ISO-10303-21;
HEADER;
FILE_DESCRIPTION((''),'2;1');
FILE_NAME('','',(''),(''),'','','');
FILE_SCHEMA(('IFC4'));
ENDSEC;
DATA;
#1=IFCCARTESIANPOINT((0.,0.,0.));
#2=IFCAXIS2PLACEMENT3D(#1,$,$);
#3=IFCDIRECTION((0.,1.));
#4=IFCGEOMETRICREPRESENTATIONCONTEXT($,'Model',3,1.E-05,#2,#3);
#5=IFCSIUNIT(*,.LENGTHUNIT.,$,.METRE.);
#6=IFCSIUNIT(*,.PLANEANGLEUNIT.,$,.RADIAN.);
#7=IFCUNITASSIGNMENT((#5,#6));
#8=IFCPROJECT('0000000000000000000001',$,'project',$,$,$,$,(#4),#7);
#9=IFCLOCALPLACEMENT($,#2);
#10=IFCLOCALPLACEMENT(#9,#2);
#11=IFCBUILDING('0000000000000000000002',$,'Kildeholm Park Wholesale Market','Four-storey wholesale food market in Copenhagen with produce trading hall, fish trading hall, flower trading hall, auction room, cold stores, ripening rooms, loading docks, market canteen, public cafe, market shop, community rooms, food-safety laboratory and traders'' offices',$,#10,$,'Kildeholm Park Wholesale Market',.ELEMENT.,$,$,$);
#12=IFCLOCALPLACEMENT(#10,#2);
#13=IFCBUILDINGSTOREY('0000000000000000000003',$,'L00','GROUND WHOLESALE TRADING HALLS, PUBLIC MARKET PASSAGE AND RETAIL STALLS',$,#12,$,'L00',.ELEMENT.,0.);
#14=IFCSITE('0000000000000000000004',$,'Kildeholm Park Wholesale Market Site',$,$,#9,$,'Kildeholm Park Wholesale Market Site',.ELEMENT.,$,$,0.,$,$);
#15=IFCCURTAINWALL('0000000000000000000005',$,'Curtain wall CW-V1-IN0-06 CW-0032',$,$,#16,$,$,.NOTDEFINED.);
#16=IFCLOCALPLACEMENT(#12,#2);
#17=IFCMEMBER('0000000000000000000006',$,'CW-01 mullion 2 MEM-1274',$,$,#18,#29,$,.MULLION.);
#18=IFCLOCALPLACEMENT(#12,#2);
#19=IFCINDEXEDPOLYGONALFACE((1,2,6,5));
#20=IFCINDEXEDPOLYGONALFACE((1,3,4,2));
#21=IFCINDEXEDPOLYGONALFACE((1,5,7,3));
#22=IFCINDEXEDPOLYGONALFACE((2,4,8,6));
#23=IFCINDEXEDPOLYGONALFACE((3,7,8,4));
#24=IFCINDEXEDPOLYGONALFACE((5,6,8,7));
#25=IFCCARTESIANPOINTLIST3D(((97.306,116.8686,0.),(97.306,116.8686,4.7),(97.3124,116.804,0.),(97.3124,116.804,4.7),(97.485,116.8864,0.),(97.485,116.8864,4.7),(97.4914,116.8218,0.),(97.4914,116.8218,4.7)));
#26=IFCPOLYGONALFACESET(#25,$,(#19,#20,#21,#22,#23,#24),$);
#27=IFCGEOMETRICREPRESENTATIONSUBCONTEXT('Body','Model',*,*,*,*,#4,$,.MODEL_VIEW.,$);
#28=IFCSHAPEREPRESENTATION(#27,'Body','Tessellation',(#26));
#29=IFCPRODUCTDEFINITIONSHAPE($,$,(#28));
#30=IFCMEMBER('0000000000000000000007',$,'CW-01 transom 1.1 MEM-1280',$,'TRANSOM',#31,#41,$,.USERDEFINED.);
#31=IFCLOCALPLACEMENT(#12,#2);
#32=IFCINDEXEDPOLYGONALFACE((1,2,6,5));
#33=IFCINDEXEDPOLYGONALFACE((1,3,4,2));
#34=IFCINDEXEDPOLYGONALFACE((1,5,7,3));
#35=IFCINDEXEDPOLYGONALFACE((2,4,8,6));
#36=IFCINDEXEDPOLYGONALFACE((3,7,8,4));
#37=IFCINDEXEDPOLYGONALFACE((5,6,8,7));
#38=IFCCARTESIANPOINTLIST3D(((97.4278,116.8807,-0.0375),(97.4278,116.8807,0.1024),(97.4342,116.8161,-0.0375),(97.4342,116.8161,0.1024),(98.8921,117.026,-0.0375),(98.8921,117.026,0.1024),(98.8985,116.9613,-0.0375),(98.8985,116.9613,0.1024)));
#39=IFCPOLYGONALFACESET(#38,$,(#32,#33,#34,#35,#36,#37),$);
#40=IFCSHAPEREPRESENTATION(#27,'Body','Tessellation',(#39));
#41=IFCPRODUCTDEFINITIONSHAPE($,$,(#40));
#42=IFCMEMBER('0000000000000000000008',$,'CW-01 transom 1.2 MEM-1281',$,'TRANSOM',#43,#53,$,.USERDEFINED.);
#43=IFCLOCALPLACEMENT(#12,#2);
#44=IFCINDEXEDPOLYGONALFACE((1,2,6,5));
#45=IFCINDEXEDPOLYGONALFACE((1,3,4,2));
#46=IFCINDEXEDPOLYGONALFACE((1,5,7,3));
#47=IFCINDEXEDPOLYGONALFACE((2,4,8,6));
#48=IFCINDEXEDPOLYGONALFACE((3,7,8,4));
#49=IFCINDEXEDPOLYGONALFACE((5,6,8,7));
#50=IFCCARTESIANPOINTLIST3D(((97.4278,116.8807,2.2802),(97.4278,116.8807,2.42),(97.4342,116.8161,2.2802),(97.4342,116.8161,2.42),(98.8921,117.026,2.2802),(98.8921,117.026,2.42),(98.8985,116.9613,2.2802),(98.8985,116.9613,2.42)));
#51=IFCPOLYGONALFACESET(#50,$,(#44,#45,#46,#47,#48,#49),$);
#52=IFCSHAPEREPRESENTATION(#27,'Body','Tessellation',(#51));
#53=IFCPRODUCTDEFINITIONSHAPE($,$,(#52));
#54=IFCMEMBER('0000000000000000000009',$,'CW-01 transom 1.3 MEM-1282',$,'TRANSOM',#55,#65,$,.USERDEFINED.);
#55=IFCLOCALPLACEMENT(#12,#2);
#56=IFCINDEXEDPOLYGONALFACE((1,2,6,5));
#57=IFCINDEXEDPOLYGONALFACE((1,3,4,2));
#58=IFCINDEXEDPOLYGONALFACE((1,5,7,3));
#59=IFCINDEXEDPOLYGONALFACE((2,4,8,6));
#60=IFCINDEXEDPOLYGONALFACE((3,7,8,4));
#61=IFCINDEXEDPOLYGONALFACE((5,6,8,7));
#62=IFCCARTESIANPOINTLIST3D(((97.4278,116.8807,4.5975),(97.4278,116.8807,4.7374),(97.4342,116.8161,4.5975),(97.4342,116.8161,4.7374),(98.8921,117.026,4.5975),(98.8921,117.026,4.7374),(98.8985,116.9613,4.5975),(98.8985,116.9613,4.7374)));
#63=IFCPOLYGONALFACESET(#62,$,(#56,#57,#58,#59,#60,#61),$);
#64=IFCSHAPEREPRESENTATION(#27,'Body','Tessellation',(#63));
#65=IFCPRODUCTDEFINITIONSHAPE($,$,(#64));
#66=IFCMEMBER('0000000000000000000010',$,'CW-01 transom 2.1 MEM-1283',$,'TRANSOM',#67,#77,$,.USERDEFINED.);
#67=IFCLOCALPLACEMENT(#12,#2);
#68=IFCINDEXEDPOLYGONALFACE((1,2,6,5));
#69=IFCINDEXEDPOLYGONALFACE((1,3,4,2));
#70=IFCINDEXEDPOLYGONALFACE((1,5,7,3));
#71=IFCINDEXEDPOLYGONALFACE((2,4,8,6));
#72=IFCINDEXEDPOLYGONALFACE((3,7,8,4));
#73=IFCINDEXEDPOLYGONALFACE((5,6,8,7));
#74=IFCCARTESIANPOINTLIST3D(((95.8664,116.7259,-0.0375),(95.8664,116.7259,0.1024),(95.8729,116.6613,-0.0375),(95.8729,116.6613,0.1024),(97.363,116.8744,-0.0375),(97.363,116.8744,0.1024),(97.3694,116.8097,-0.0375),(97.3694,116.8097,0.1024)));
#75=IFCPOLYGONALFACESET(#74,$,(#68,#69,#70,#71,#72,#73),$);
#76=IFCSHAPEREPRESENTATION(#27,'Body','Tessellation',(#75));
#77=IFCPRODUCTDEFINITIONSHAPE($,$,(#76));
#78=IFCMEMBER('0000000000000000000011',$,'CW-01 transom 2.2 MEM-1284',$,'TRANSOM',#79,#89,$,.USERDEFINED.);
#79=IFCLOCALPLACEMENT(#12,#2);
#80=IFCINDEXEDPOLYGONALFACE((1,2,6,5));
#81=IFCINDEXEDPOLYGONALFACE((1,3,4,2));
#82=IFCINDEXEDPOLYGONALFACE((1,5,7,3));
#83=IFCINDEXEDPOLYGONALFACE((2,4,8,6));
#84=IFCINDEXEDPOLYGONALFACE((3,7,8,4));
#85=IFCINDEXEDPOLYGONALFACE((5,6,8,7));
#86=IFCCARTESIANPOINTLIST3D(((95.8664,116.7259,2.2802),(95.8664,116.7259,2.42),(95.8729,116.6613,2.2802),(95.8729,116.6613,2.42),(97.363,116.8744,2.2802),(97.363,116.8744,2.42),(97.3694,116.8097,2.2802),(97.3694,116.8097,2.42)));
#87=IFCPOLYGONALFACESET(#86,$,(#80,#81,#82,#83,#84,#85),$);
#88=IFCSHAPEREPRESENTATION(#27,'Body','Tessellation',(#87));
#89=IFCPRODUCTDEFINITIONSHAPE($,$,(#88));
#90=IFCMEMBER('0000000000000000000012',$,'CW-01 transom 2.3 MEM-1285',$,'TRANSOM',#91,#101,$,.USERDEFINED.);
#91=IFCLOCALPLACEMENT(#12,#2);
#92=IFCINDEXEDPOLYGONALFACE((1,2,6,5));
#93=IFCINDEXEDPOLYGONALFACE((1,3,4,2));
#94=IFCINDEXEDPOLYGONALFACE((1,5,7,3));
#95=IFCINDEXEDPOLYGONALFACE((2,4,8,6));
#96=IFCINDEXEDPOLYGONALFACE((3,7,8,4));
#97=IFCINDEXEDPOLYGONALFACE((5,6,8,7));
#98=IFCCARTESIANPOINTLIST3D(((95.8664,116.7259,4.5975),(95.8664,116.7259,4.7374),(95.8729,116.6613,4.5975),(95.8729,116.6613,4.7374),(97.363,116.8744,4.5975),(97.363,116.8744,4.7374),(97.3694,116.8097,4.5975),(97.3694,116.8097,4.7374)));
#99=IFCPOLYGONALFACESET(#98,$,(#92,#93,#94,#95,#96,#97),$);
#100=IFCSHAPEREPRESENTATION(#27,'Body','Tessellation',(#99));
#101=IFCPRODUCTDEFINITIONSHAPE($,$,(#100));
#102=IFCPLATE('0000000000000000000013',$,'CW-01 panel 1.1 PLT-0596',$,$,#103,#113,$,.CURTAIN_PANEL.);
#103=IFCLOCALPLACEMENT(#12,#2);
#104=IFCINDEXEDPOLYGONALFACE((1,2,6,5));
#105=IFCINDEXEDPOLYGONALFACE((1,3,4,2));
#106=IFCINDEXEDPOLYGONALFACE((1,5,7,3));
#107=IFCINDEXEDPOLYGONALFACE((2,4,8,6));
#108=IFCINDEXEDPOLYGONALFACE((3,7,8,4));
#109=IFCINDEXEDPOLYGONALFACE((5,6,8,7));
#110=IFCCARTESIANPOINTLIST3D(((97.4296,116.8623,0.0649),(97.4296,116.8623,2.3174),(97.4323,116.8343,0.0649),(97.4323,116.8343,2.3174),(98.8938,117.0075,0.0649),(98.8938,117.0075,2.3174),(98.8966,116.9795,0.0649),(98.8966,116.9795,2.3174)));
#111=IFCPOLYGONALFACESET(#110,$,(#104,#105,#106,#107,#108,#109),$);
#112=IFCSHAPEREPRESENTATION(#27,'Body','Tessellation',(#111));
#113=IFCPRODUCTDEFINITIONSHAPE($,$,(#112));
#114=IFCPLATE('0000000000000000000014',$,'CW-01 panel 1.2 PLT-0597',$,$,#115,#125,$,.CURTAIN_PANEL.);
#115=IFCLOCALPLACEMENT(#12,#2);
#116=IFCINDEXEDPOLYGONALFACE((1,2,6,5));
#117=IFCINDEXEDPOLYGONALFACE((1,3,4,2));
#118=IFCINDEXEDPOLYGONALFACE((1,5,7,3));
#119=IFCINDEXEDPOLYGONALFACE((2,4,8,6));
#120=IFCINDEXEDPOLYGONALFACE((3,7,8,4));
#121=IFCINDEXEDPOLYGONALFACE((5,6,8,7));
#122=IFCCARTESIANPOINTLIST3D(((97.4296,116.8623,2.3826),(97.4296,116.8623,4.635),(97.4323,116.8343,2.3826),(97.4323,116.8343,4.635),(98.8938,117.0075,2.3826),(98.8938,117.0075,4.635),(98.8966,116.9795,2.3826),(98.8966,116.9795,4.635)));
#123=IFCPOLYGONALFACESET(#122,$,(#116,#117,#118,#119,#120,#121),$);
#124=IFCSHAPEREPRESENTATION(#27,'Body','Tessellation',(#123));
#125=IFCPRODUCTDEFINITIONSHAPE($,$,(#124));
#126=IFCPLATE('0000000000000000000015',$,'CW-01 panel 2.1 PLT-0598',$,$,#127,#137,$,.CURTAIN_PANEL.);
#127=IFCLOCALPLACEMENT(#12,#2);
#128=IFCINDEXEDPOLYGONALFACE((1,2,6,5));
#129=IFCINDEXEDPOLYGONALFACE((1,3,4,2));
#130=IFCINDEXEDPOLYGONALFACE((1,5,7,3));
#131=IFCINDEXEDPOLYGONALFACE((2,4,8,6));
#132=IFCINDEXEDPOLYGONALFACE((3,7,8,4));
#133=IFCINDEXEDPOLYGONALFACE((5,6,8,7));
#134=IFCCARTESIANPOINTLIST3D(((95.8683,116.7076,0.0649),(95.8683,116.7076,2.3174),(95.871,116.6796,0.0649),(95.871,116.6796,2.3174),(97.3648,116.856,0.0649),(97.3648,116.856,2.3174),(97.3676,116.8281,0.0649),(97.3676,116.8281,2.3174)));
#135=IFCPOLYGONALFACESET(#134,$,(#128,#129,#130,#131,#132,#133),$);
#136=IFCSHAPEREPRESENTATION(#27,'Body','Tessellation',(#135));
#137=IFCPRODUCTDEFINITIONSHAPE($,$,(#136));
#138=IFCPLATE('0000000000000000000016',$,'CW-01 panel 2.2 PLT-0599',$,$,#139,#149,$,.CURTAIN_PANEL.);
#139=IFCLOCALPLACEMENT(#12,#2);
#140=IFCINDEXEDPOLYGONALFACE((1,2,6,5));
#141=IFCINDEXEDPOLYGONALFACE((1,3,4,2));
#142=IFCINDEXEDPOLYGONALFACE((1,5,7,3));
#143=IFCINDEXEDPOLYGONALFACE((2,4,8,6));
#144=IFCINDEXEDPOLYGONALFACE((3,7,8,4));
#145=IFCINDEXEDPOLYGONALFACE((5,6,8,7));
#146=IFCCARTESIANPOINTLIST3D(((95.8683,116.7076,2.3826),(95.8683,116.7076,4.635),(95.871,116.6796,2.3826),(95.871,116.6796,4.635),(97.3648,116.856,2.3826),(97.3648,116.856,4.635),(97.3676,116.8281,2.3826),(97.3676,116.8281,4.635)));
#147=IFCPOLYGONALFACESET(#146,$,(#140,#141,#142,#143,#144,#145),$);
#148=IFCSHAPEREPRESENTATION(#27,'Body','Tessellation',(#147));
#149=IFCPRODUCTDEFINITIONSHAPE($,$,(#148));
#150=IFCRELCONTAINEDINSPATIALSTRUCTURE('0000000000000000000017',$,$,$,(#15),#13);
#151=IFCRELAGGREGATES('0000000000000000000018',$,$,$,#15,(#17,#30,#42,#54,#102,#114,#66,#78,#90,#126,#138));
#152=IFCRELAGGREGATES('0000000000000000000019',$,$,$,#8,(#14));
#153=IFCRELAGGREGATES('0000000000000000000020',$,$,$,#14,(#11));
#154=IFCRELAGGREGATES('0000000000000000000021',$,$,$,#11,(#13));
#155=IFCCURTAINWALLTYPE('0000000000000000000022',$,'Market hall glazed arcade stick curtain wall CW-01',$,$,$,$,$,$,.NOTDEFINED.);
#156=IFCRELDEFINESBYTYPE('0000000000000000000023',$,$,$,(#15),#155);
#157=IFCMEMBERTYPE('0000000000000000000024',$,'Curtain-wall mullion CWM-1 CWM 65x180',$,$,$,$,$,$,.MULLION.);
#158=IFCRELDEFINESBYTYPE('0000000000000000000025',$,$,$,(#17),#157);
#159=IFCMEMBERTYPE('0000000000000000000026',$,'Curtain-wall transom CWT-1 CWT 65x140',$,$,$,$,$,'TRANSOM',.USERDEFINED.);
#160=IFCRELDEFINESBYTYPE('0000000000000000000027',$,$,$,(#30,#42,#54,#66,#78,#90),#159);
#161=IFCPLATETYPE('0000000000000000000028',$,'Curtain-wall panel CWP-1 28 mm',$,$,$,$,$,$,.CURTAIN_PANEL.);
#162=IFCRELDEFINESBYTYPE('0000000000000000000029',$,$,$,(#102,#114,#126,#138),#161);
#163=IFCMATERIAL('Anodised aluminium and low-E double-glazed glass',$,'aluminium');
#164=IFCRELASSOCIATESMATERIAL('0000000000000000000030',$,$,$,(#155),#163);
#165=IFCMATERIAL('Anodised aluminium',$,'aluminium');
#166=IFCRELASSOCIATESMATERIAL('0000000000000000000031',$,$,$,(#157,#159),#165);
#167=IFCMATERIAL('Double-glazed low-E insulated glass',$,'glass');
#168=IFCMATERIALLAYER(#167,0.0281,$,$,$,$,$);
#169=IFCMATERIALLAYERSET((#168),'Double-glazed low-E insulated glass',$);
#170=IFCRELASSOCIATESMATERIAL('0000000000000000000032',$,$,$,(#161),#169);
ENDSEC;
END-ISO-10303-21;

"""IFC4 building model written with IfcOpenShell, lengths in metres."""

from ifc_helpers import new_model, si_unit, direction, frame, origin, origin_2d, place, context, subcontext, project, spatial, rectangle, extrude, material, layer, layer_set, material_profile, profile_set, type_object, element, aggregate, save


model = new_model("IFC4")

# Units and contexts
model_context = context("Model", 3, precision=1e-05, world=origin(), true_north=direction((0.0, 1.0)))
body_context = subcontext(model_context, "Body", "Model", "MODEL_VIEW")
ifc_project = project(units=[si_unit("LENGTHUNIT", "METRE"), si_unit("PLANEANGLEUNIT", "RADIAN")], contexts=[model_context])

# Site, building, storey
site_placement = place(None, origin())
site = spatial("IfcSite", under=ifc_project, at=site_placement, Name="Kildeholm Park Wholesale Market Site", LongName="Kildeholm Park Wholesale Market Site", CompositionType="ELEMENT", RefElevation=0.0)
building_placement = place(site_placement, origin())
building = spatial("IfcBuilding", under=site, at=building_placement, Name="Kildeholm Park Wholesale Market", Description="Four-storey wholesale food market in Copenhagen with produce trading hall, fish trading hall, flower trading hall, auction room, cold stores, ripening rooms, loading docks, market canteen, public cafe, market shop, community rooms, food-safety laboratory and traders' offices", LongName="Kildeholm Park Wholesale Market", CompositionType="ELEMENT")
storey_placement = place(building_placement, origin())
storey = spatial("IfcBuildingStorey", under=building, at=storey_placement, Name="L00", Description="GROUND WHOLESALE TRADING HALLS, PUBLIC MARKET PASSAGE AND RETAIL STALLS", LongName="L00", CompositionType="ELEMENT", Elevation=0.0)

# Curtain wall, members, plates
ifc_material_1 = material(Name="Anodised aluminium and low-E double-glazed glass", Category="aluminium")
curtain_wall_type = type_object("IfcCurtainWallType", Name="Market hall glazed arcade stick curtain wall CW-01", PredefinedType="NOTDEFINED", material=ifc_material_1)
curtain_wall_placement = place(storey_placement, origin())
curtain_wall = element("IfcCurtainWall", 1, at=curtain_wall_placement, inside=storey, type_object=curtain_wall_type, Name="Curtain wall CW-V1-IN0-06 CW-0032", PredefinedType="NOTDEFINED")
ifc_material_2 = material(Name="Anodised aluminium", Category="aluminium")
ifc_material_profile_1 = material_profile(ifc_material_2, rectangle(XDim=0.0649, YDim=0.1799, at=origin_2d()), Name="CWM 65x180")
ifc_profile_set_1 = profile_set([ifc_material_profile_1], Name="Anodised aluminium")
member_type_1 = type_object("IfcMemberType", Name="Curtain-wall mullion CWM-1 CWM 65x180", PredefinedType="MULLION", material=ifc_profile_set_1)
member_1_placement = place(storey_placement, frame((97.3987, 116.8452, 0.0), z_axis=(0.0, 0.0, 1.0), x_axis=(0.098683, -0.995119, 0.0)))
member_1 = element("IfcMember", 2, at=member_1_placement, type_object=member_type_1, Name="CW-01 mullion 2 MEM-1274", PredefinedType="MULLION", context=body_context, shape_type="SweptSolid", body=[
    extrude(rectangle(XDim=0.0649, YDim=0.1799, at=origin_2d()), origin(), (0.0, 0.0, 1.0), 4.7),
])
ifc_material_profile_2 = material_profile(ifc_material_2, rectangle(XDim=0.0649, YDim=0.1399, at=origin_2d()), Name="CWT 65x140")
ifc_profile_set_2 = profile_set([ifc_material_profile_2], Name="Anodised aluminium")
member_type_2 = type_object("IfcMemberType", Name="Curtain-wall transom CWT-1 CWT 65x140", ElementType="TRANSOM", PredefinedType="USERDEFINED", material=ifc_profile_set_2)
member_2_placement = place(storey_placement, frame((98.8953, 116.9937, 0.0325), z_axis=(-0.995116, -0.098715, 0.0), x_axis=(0.098715, -0.995116, 0.0)))
member_2 = element("IfcMember", 3, at=member_2_placement, type_object=member_type_2, Name="CW-01 transom 1.1 MEM-1280", ObjectType="TRANSOM", PredefinedType="USERDEFINED", context=body_context, shape_type="SweptSolid", body=[
    extrude(rectangle(XDim=0.0649, YDim=0.1399, at=origin_2d()), origin(), (0.0, 0.0, 1.0), 1.4714),
])
member_3_placement = place(storey_placement, frame((98.8953, 116.9937, 2.3501), z_axis=(-0.995116, -0.098715, 0.0), x_axis=(0.098715, -0.995116, 0.0)))
member_3 = element("IfcMember", 4, at=member_3_placement, type_object=member_type_2, Name="CW-01 transom 1.2 MEM-1281", ObjectType="TRANSOM", PredefinedType="USERDEFINED", context=body_context, shape_type="SweptSolid", body=[
    extrude(rectangle(XDim=0.0649, YDim=0.1399, at=origin_2d()), origin(), (0.0, 0.0, 1.0), 1.4714),
])
member_4_placement = place(storey_placement, frame((98.8953, 116.9937, 4.6675), z_axis=(-0.995116, -0.098715, 0.0), x_axis=(0.098715, -0.995116, 0.0)))
member_4 = element("IfcMember", 5, at=member_4_placement, type_object=member_type_2, Name="CW-01 transom 1.3 MEM-1282", ObjectType="TRANSOM", PredefinedType="USERDEFINED", context=body_context, shape_type="SweptSolid", body=[
    extrude(rectangle(XDim=0.0649, YDim=0.1399, at=origin_2d()), origin(), (0.0, 0.0, 1.0), 1.4714),
])
member_5_placement = place(storey_placement, frame((97.3662, 116.842, 0.0325), z_axis=(-0.995117, -0.0987, 0.0), x_axis=(0.0987, -0.995117, 0.0)))
member_5 = element("IfcMember", 6, at=member_5_placement, type_object=member_type_2, Name="CW-01 transom 2.1 MEM-1283", ObjectType="TRANSOM", PredefinedType="USERDEFINED", context=body_context, shape_type="SweptSolid", body=[
    extrude(rectangle(XDim=0.0649, YDim=0.1399, at=origin_2d()), origin(), (0.0, 0.0, 1.0), 1.5039),
])
member_6_placement = place(storey_placement, frame((97.3662, 116.842, 2.3501), z_axis=(-0.995117, -0.0987, 0.0), x_axis=(0.0987, -0.995117, 0.0)))
member_6 = element("IfcMember", 7, at=member_6_placement, type_object=member_type_2, Name="CW-01 transom 2.2 MEM-1284", ObjectType="TRANSOM", PredefinedType="USERDEFINED", context=body_context, shape_type="SweptSolid", body=[
    extrude(rectangle(XDim=0.0649, YDim=0.1399, at=origin_2d()), origin(), (0.0, 0.0, 1.0), 1.5039),
])
member_7_placement = place(storey_placement, frame((97.3662, 116.842, 4.6675), z_axis=(-0.995117, -0.0987, 0.0), x_axis=(0.0987, -0.995117, 0.0)))
member_7 = element("IfcMember", 8, at=member_7_placement, type_object=member_type_2, Name="CW-01 transom 2.3 MEM-1285", ObjectType="TRANSOM", PredefinedType="USERDEFINED", context=body_context, shape_type="SweptSolid", body=[
    extrude(rectangle(XDim=0.0649, YDim=0.1399, at=origin_2d()), origin(), (0.0, 0.0, 1.0), 1.5039),
])
ifc_material_3 = material(Name="Double-glazed low-E insulated glass", Category="glass")
ifc_layer = layer(ifc_material_3, 0.0281)
ifc_layer_set = layer_set([ifc_layer], Name="Double-glazed low-E insulated glass")
plate_type = type_object("IfcPlateType", Name="Curtain-wall panel CWP-1 28 mm", PredefinedType="CURTAIN_PANEL", material=ifc_layer_set)
plate_1_placement = place(storey_placement, frame((98.1631, 116.9209, 0.0649), z_axis=(0.0, 0.0, 1.0), x_axis=(-0.995119, -0.098683, 0.0)))
plate_1 = element("IfcPlate", 9, at=plate_1_placement, type_object=plate_type, Name="CW-01 panel 1.1 PLT-0596", PredefinedType="CURTAIN_PANEL", context=body_context, shape_type="SweptSolid", body=[
    extrude(rectangle(XDim=1.4714, YDim=0.0281, at=origin_2d()), origin(), (0.0, 0.0, 1.0), 2.2524),
])
plate_2_placement = place(storey_placement, frame((98.1631, 116.9209, 2.3826), z_axis=(0.0, 0.0, 1.0), x_axis=(-0.995119, -0.098683, 0.0)))
plate_2 = element("IfcPlate", 10, at=plate_2_placement, type_object=plate_type, Name="CW-01 panel 1.2 PLT-0597", PredefinedType="CURTAIN_PANEL", context=body_context, shape_type="SweptSolid", body=[
    extrude(rectangle(XDim=1.4714, YDim=0.0281, at=origin_2d()), origin(), (0.0, 0.0, 1.0), 2.2524),
])
plate_3_placement = place(storey_placement, frame((96.6179, 116.7678, 0.0649), z_axis=(0.0, 0.0, 1.0), x_axis=(-0.995119, -0.098683, 0.0)))
plate_3 = element("IfcPlate", 11, at=plate_3_placement, type_object=plate_type, Name="CW-01 panel 2.1 PLT-0598", PredefinedType="CURTAIN_PANEL", context=body_context, shape_type="SweptSolid", body=[
    extrude(rectangle(XDim=1.5039, YDim=0.0281, at=origin_2d()), origin(), (0.0, 0.0, 1.0), 2.2524),
])
plate_4_placement = place(storey_placement, frame((96.6179, 116.7678, 2.3826), z_axis=(0.0, 0.0, 1.0), x_axis=(-0.995119, -0.098683, 0.0)))
plate_4 = element("IfcPlate", 12, at=plate_4_placement, type_object=plate_type, Name="CW-01 panel 2.2 PLT-0599", PredefinedType="CURTAIN_PANEL", context=body_context, shape_type="SweptSolid", body=[
    extrude(rectangle(XDim=1.5039, YDim=0.0281, at=origin_2d()), origin(), (0.0, 0.0, 1.0), 2.2524),
])
aggregate(curtain_wall, [member_1, member_2, member_3, member_4, plate_1, plate_2, member_5, member_6, member_7, plate_3, plate_4])

save(model, "model.ifc")
